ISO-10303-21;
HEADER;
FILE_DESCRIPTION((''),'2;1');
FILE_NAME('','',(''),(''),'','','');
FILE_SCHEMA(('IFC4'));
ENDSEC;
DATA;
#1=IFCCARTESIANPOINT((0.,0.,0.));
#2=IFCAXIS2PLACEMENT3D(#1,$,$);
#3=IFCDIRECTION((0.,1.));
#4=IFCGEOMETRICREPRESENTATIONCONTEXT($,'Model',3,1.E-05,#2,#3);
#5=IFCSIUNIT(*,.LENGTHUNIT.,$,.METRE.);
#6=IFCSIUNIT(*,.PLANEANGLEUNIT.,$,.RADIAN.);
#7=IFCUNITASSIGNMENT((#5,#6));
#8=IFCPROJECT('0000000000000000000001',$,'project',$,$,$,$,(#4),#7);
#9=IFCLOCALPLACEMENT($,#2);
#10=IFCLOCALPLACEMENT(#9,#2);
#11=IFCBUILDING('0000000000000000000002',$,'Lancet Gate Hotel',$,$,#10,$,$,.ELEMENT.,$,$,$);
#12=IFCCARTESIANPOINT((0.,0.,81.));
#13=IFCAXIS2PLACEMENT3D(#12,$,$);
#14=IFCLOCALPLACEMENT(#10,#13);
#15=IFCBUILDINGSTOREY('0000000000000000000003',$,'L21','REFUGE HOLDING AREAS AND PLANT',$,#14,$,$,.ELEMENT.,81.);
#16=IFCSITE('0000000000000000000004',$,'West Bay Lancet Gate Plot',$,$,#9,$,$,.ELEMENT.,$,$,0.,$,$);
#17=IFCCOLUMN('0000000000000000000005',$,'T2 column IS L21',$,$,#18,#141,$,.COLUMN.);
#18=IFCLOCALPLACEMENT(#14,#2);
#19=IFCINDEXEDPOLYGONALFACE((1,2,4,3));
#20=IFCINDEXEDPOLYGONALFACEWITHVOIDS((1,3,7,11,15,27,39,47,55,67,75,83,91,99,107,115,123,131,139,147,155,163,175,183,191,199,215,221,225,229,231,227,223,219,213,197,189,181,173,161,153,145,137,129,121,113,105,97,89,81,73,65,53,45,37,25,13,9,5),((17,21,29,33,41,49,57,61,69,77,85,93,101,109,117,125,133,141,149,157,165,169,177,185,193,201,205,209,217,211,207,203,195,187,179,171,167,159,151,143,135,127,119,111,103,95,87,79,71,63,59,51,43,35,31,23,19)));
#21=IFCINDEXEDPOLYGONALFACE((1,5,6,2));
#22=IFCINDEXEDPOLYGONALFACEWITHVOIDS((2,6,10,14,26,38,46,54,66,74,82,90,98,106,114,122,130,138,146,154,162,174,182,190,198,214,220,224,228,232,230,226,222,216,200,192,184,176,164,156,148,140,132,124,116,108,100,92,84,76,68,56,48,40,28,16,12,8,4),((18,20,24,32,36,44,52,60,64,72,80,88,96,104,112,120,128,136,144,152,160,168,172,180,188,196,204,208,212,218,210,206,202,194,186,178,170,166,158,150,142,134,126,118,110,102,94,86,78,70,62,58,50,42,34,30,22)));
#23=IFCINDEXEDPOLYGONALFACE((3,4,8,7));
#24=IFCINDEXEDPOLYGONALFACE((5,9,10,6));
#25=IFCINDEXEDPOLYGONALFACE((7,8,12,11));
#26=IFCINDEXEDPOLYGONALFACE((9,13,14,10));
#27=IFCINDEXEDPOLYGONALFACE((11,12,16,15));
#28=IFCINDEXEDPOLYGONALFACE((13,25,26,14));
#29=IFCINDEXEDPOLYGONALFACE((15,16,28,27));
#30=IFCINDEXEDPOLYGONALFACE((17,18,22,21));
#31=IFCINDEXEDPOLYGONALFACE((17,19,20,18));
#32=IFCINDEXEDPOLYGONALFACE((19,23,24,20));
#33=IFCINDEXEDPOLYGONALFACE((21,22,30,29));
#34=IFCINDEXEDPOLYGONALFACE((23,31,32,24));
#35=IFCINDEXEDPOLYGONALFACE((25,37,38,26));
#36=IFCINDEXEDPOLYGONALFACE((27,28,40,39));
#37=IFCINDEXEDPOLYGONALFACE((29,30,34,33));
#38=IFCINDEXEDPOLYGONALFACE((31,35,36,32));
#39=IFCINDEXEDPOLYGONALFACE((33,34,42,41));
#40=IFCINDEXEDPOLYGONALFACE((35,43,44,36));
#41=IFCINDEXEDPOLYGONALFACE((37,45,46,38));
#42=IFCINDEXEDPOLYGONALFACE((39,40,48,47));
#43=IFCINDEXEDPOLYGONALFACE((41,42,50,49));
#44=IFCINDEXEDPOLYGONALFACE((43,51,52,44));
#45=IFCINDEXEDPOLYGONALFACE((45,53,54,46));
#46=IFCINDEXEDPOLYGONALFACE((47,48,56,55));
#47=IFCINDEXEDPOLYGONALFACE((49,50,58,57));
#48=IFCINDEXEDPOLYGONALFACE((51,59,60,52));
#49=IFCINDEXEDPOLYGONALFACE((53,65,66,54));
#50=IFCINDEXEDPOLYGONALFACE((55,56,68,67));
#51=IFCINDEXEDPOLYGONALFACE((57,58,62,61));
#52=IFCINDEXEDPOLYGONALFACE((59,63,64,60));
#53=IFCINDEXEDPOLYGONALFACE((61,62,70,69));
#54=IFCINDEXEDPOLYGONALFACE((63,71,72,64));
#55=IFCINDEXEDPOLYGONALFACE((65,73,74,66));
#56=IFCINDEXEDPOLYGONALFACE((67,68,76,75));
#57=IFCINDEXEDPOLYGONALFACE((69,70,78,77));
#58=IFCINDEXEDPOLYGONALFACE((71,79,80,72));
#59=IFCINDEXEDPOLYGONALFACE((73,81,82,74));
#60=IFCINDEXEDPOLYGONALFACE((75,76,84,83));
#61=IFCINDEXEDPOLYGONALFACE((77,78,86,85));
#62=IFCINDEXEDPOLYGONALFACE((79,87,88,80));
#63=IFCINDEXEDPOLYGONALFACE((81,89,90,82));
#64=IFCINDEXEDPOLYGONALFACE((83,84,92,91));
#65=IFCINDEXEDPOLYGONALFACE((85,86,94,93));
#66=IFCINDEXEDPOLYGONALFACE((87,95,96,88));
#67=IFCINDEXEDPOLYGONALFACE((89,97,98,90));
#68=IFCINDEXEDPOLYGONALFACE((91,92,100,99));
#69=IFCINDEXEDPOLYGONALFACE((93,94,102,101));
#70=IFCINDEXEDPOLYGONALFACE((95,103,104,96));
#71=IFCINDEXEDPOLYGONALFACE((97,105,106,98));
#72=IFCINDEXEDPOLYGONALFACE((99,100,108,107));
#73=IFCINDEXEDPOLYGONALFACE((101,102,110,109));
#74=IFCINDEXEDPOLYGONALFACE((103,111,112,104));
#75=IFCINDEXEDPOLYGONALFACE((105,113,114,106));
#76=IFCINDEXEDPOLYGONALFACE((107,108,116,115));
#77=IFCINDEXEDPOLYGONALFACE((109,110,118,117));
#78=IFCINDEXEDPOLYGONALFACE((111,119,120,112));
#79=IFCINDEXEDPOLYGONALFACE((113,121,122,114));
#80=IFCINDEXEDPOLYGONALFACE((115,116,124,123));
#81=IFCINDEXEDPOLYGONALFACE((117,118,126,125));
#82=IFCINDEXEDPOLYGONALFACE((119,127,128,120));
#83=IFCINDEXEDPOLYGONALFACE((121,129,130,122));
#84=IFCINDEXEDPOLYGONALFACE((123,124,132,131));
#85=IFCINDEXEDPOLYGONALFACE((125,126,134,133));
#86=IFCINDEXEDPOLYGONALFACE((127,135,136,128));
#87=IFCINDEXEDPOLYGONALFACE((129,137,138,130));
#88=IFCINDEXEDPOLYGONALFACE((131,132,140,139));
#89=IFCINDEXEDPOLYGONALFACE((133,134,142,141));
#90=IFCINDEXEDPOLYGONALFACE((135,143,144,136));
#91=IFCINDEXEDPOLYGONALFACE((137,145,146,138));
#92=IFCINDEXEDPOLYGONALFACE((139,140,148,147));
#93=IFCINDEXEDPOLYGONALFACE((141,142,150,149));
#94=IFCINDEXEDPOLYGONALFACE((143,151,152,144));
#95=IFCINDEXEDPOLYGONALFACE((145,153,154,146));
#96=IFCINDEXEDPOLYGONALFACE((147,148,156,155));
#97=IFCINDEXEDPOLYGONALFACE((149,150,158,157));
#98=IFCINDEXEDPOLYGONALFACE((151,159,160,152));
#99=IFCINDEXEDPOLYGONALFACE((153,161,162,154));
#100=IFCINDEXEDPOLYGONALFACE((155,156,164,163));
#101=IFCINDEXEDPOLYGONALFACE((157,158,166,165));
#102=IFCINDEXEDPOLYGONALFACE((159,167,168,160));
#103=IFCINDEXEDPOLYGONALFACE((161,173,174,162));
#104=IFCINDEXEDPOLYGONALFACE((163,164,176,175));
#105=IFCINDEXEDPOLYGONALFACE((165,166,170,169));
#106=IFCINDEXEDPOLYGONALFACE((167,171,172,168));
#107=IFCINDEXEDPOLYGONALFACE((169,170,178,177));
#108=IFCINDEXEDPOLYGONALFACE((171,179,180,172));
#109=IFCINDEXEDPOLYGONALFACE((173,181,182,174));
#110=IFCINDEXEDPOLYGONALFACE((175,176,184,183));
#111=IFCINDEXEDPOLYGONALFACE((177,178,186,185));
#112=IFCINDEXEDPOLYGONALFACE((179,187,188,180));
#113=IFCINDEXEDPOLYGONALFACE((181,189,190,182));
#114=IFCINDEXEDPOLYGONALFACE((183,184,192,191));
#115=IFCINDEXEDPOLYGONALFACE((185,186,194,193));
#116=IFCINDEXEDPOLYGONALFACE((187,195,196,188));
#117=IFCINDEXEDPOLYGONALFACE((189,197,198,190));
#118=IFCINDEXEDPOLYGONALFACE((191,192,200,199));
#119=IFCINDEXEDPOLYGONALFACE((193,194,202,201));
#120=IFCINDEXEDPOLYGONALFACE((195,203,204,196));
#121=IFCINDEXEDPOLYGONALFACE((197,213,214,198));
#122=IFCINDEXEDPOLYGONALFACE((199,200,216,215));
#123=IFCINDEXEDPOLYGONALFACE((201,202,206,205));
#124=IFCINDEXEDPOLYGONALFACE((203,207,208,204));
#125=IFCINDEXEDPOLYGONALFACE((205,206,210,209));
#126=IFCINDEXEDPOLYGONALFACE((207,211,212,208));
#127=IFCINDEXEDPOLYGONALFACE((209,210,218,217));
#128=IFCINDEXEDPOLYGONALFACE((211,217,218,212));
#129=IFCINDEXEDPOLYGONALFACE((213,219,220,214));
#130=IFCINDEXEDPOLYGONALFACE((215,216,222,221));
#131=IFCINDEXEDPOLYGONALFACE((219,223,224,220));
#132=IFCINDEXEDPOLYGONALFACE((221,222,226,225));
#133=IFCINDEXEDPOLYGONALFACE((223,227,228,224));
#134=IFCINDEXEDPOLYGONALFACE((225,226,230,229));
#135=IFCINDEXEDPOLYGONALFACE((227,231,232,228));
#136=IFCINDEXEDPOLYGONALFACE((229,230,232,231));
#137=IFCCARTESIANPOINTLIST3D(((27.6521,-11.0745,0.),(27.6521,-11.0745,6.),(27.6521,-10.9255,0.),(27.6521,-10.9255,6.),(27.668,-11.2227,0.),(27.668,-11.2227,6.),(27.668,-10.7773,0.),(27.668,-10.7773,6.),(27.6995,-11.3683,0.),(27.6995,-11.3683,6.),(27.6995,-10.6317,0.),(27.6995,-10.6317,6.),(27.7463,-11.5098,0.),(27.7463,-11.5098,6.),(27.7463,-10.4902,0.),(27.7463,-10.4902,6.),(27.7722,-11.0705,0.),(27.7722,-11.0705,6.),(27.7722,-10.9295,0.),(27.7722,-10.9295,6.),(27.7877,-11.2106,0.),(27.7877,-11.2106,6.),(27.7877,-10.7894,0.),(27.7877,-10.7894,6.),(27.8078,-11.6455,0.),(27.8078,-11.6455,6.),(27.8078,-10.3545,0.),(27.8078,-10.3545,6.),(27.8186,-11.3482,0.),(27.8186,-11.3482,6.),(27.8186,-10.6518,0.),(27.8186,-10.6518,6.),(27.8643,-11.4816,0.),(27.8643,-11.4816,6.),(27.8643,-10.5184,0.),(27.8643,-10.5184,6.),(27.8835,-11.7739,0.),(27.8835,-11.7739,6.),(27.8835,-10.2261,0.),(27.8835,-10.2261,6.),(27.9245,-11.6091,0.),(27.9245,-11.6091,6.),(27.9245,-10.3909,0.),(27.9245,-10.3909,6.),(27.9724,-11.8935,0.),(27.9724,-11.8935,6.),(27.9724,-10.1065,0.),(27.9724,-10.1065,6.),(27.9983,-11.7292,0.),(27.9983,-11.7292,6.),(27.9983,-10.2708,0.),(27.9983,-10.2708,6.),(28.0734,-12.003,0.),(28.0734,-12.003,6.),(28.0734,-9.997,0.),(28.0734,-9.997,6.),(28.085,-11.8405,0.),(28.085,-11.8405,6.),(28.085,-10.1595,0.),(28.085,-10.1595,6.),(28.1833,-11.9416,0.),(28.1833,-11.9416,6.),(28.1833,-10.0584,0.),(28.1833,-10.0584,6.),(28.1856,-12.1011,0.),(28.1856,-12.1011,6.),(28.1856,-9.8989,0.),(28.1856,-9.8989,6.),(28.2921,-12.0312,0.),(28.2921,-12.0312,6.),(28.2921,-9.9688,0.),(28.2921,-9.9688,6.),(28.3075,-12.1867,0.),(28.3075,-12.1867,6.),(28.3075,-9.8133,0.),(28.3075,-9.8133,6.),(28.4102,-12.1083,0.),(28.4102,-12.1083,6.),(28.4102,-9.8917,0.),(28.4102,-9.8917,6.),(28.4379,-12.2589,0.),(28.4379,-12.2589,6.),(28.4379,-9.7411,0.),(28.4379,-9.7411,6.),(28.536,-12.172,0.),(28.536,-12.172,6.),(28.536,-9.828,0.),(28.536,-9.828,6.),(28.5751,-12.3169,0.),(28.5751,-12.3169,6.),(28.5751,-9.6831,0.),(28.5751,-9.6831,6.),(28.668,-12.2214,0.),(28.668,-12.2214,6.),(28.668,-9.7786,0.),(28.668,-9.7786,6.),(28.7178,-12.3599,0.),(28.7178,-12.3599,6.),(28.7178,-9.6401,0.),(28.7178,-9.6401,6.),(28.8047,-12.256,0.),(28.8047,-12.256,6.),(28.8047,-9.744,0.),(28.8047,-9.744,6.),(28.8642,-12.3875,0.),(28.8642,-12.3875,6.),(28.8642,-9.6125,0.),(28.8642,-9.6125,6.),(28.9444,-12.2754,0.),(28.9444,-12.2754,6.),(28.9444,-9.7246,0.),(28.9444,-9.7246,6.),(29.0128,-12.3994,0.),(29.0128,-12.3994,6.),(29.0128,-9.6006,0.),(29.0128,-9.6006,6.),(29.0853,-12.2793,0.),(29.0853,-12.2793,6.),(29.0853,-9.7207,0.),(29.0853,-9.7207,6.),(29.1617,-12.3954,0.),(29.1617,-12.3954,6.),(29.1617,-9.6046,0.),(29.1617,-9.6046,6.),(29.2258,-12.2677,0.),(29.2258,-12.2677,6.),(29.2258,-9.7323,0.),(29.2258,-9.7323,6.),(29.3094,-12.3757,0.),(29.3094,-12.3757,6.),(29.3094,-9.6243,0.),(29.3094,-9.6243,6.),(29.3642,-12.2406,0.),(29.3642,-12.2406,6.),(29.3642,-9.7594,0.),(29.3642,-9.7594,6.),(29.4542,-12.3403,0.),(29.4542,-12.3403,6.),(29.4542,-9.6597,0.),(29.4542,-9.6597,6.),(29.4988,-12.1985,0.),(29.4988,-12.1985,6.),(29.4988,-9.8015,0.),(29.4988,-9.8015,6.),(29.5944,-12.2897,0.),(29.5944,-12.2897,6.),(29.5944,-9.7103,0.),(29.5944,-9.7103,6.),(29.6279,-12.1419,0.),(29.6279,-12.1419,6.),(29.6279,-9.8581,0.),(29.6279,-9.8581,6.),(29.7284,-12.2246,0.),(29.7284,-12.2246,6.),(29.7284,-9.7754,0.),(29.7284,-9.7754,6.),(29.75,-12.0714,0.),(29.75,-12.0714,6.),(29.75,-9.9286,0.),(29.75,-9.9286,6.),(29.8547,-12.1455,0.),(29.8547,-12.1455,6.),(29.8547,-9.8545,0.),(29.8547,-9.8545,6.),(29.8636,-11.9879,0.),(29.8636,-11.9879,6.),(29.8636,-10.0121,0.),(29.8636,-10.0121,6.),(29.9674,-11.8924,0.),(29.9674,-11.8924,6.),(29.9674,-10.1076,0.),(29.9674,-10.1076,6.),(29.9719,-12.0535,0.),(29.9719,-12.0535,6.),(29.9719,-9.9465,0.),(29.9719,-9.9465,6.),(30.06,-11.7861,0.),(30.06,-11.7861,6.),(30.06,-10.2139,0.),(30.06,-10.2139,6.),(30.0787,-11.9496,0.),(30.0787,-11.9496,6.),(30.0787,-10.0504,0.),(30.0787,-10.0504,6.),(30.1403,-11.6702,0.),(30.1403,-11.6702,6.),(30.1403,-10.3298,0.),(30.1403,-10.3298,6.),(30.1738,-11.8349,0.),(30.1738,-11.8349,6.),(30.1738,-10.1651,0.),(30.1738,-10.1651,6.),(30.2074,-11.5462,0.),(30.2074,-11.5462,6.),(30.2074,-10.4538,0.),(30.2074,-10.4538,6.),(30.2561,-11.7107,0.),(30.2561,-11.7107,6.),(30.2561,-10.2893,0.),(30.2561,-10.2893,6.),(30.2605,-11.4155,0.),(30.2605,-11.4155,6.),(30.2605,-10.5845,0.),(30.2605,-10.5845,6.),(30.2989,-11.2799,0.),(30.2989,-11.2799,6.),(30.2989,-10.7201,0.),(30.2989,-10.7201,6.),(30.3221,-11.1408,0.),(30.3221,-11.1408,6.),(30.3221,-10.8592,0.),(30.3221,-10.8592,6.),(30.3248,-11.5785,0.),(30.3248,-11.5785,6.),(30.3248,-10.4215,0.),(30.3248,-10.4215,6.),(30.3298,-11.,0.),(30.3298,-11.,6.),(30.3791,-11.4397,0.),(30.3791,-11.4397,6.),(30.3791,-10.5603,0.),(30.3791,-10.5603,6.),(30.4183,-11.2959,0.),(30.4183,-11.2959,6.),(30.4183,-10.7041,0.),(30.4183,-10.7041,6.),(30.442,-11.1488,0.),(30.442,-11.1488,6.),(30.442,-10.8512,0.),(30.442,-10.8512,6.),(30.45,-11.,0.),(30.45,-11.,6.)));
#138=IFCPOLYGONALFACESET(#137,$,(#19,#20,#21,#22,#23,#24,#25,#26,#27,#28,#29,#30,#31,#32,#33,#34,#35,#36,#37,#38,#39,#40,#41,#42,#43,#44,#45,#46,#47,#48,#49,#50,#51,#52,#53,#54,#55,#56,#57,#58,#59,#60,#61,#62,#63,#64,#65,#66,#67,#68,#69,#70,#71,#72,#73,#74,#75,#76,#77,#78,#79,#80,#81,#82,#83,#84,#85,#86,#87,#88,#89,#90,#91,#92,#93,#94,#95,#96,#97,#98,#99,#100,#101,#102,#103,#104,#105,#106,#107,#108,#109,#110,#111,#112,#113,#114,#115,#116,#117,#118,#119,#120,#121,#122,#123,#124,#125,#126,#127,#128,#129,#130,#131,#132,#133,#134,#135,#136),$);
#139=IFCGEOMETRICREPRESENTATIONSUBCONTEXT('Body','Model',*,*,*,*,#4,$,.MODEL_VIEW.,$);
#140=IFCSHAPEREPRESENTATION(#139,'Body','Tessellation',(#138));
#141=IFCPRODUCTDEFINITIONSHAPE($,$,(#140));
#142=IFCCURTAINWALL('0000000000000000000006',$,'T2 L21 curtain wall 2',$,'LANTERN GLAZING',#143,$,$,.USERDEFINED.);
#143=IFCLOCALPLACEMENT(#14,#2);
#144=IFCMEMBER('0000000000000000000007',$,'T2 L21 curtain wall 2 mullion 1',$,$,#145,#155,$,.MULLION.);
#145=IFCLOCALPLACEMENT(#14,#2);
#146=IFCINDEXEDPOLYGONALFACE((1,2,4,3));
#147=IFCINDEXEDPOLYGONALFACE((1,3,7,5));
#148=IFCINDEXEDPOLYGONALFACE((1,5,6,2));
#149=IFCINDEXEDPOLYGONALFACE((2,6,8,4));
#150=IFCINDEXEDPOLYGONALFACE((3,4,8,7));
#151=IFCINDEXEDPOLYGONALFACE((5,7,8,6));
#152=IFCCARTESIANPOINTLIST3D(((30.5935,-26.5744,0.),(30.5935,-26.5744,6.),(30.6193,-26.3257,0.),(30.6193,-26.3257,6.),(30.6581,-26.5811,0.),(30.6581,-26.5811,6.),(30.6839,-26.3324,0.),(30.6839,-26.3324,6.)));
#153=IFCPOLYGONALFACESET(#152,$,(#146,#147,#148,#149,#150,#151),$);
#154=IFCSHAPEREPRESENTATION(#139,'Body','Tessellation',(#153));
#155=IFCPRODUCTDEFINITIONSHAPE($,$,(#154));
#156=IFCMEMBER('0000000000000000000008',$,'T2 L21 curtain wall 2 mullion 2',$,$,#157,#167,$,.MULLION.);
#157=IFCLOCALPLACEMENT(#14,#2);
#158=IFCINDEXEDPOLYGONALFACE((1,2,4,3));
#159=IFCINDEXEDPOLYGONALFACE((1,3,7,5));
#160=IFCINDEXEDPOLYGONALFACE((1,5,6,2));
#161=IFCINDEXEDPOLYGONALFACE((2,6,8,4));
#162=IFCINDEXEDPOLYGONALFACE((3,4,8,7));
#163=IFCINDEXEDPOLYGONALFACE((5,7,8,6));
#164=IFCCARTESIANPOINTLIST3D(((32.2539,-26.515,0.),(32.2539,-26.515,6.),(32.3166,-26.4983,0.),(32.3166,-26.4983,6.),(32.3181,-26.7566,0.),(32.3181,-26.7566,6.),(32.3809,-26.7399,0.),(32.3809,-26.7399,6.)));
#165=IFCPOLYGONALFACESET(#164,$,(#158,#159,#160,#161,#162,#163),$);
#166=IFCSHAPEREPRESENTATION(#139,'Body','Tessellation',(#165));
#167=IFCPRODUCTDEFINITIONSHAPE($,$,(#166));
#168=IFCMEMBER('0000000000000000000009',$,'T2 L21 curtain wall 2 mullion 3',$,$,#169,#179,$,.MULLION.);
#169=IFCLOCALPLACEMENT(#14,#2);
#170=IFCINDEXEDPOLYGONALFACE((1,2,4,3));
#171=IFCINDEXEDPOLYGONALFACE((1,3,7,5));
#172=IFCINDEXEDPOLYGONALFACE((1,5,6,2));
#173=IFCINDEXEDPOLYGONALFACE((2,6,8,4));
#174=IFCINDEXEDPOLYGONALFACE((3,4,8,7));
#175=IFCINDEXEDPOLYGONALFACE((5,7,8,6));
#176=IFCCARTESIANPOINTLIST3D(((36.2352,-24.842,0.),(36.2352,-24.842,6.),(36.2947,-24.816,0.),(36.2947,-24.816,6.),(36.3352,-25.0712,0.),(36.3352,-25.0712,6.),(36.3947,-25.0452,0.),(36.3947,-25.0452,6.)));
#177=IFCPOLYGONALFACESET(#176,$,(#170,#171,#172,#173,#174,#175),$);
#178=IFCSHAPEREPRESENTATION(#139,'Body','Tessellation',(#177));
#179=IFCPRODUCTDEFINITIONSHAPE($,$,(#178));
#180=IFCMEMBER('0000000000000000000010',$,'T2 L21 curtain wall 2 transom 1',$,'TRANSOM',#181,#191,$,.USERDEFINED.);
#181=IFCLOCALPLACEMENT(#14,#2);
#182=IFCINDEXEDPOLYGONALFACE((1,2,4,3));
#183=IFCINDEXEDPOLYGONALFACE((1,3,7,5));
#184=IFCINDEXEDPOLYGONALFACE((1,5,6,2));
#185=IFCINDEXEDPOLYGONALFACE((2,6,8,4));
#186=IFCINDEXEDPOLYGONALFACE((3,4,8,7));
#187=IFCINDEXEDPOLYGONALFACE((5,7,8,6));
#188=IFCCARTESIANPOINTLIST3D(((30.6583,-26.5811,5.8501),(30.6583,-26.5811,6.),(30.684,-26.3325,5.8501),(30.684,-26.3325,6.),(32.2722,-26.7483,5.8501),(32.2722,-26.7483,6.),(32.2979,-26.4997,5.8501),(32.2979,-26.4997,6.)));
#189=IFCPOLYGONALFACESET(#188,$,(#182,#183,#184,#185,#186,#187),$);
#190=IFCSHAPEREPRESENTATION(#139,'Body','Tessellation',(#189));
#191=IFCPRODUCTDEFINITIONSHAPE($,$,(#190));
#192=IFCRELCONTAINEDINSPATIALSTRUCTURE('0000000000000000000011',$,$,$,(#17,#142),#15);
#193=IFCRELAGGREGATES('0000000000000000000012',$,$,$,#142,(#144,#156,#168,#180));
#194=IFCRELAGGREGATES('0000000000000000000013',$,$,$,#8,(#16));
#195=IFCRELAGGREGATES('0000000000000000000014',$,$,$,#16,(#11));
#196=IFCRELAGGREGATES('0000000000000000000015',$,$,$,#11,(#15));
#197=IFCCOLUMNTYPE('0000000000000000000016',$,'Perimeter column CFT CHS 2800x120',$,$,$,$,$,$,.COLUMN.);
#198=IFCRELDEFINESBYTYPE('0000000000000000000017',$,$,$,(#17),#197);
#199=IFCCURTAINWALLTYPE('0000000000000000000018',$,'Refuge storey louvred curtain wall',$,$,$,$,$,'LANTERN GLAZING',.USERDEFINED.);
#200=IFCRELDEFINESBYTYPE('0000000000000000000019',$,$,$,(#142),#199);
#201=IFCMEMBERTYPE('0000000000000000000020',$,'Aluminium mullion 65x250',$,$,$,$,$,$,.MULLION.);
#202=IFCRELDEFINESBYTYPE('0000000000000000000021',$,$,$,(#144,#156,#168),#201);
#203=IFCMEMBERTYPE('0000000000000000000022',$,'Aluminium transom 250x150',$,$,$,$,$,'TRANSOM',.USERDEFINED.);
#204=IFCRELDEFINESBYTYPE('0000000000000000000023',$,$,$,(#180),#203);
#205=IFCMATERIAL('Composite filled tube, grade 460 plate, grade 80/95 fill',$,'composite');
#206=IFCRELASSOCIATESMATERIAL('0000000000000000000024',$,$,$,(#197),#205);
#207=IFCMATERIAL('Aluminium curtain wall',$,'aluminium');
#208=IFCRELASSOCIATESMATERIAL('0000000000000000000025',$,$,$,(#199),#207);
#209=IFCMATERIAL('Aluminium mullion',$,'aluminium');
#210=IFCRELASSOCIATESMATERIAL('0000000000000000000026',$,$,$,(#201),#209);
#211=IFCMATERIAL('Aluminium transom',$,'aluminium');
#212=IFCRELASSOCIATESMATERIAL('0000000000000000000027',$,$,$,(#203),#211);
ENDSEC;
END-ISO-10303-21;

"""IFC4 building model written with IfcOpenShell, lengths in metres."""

from ifc_helpers import new_model, si_unit, direction, frame, origin, origin_2d, place, context, subcontext, project, spatial, rectangle, hollow_circle, extrude, material, material_profile, profile_set, type_object, element, aggregate, save


model = new_model("IFC4")

# Units and contexts
model_context = context("Model", 3, precision=1e-05, world=origin(), true_north=direction((0.0, 1.0)))
body_context = subcontext(model_context, "Body", "Model", "MODEL_VIEW")
ifc_project = project(units=[si_unit("LENGTHUNIT", "METRE"), si_unit("PLANEANGLEUNIT", "RADIAN")], contexts=[model_context])

# Site, building, storey
site_placement = place(None, origin())
site = spatial("IfcSite", under=ifc_project, at=site_placement, Name="West Bay Lancet Gate Plot", CompositionType="ELEMENT", RefElevation=0.0)
building_placement = place(site_placement, origin())
building = spatial("IfcBuilding", under=site, at=building_placement, Name="Lancet Gate Hotel", CompositionType="ELEMENT")
storey_placement = place(building_placement, frame((0.0, 0.0, 81.0)))
storey = spatial("IfcBuildingStorey", under=building, at=storey_placement, Name="L21", Description="REFUGE HOLDING AREAS AND PLANT", CompositionType="ELEMENT", Elevation=81.0)

# Column
ifc_material_1 = material(Name="Composite filled tube, grade 460 plate, grade 80/95 fill", Category="composite")
ifc_material_profile_1 = material_profile(ifc_material_1, hollow_circle(Radius=1.3999, WallThickness=0.1201, at=origin_2d()), Name="CHS 2800x120")
ifc_profile_set_1 = profile_set([ifc_material_profile_1], Name="Composite filled tube, grade 460 plate, grade 80/95 fill")
column_type = type_object("IfcColumnType", Name="Perimeter column CFT CHS 2800x120", PredefinedType="COLUMN", material=ifc_profile_set_1)
column_placement = place(storey_placement, frame((29.05, -11.0, 0.0), z_axis=(0.0, 0.0, 1.0), x_axis=(1.0, 0.0, 0.0)))
element("IfcColumn", 1, at=column_placement, inside=storey, type_object=column_type, Name="T2 column IS L21", PredefinedType="COLUMN", context=body_context, shape_type="SweptSolid", body=[
    extrude(hollow_circle(Radius=1.3999, WallThickness=0.1201, at=origin_2d()), origin(), (0.0, 0.0, 1.0), 6.0),
])

# Curtain wall, members
ifc_material_2 = material(Name="Aluminium curtain wall", Category="aluminium")
curtain_wall_type = type_object("IfcCurtainWallType", Name="Refuge storey louvred curtain wall", ElementType="LANTERN GLAZING", PredefinedType="USERDEFINED", material=ifc_material_2)
curtain_wall_placement = place(storey_placement, origin())
curtain_wall = element("IfcCurtainWall", 2, at=curtain_wall_placement, inside=storey, type_object=curtain_wall_type, Name="T2 L21 curtain wall 2", ObjectType="LANTERN GLAZING", PredefinedType="USERDEFINED")
ifc_material_3 = material(Name="Aluminium mullion", Category="aluminium")
ifc_material_profile_2 = material_profile(ifc_material_3, rectangle(XDim=0.0649, YDim=0.25, at=origin_2d()), Name="MULLION 65x250")
ifc_profile_set_2 = profile_set([ifc_material_profile_2], Name="Aluminium mullion")
member_type_1 = type_object("IfcMemberType", Name="Aluminium mullion 65x250", PredefinedType="MULLION", material=ifc_profile_set_2)
member_1_placement = place(storey_placement, frame((30.6387, -26.4534, 0.0), z_axis=(0.0, 0.0, 1.0), x_axis=(0.994672, -0.103088, 0.0)))
member_1 = element("IfcMember", 3, at=member_1_placement, type_object=member_type_1, Name="T2 L21 curtain wall 2 mullion 1", PredefinedType="MULLION", context=body_context, shape_type="SweptSolid", body=[
    extrude(rectangle(XDim=0.0649, YDim=0.25, at=origin_2d()), origin(), (0.0, 0.0, 1.0), 6.0),
])
member_2_placement = place(storey_placement, frame((32.3174, -26.6274, 0.0), z_axis=(0.0, 0.0, 1.0), x_axis=(0.966401, 0.257038, 0.0)))
member_2 = element("IfcMember", 4, at=member_2_placement, type_object=member_type_1, Name="T2 L21 curtain wall 2 mullion 2", PredefinedType="MULLION", context=body_context, shape_type="SweptSolid", body=[
    extrude(rectangle(XDim=0.0649, YDim=0.25, at=origin_2d()), origin(), (0.0, 0.0, 1.0), 6.0),
])
member_3_placement = place(storey_placement, frame((36.3149, -24.9436, 0.0), z_axis=(0.0, 0.0, 1.0), x_axis=(0.916579, 0.399854, 0.0)))
member_3 = element("IfcMember", 5, at=member_3_placement, type_object=member_type_1, Name="T2 L21 curtain wall 2 mullion 3", PredefinedType="MULLION", context=body_context, shape_type="SweptSolid", body=[
    extrude(rectangle(XDim=0.0649, YDim=0.25, at=origin_2d()), origin(), (0.0, 0.0, 1.0), 6.0),
])
ifc_material_4 = material(Name="Aluminium transom", Category="aluminium")
ifc_material_profile_3 = material_profile(ifc_material_4, rectangle(XDim=0.25, YDim=0.1499, at=origin_2d()), Name="TRANSOM 250x150")
ifc_profile_set_3 = profile_set([ifc_material_profile_3], Name="Aluminium transom")
member_type_2 = type_object("IfcMemberType", Name="Aluminium transom 250x150", ElementType="TRANSOM", PredefinedType="USERDEFINED", material=ifc_profile_set_3)
member_4_placement = place(storey_placement, frame((30.6711, -26.4568, 5.925), z_axis=(0.994675, -0.103063, 0.0), x_axis=(0.103063, 0.994675, 0.0)))
member_4 = element("IfcMember", 6, at=member_4_placement, type_object=member_type_2, Name="T2 L21 curtain wall 2 transom 1", ObjectType="TRANSOM", PredefinedType="USERDEFINED", context=body_context, shape_type="SweptSolid", body=[
    extrude(rectangle(XDim=0.25, YDim=0.1499, at=origin_2d()), origin(), (0.0, 0.0, 1.0), 1.6226),
])

aggregate(curtain_wall, [member_1, member_2, member_3, member_4])

save(model, "model.ifc")
